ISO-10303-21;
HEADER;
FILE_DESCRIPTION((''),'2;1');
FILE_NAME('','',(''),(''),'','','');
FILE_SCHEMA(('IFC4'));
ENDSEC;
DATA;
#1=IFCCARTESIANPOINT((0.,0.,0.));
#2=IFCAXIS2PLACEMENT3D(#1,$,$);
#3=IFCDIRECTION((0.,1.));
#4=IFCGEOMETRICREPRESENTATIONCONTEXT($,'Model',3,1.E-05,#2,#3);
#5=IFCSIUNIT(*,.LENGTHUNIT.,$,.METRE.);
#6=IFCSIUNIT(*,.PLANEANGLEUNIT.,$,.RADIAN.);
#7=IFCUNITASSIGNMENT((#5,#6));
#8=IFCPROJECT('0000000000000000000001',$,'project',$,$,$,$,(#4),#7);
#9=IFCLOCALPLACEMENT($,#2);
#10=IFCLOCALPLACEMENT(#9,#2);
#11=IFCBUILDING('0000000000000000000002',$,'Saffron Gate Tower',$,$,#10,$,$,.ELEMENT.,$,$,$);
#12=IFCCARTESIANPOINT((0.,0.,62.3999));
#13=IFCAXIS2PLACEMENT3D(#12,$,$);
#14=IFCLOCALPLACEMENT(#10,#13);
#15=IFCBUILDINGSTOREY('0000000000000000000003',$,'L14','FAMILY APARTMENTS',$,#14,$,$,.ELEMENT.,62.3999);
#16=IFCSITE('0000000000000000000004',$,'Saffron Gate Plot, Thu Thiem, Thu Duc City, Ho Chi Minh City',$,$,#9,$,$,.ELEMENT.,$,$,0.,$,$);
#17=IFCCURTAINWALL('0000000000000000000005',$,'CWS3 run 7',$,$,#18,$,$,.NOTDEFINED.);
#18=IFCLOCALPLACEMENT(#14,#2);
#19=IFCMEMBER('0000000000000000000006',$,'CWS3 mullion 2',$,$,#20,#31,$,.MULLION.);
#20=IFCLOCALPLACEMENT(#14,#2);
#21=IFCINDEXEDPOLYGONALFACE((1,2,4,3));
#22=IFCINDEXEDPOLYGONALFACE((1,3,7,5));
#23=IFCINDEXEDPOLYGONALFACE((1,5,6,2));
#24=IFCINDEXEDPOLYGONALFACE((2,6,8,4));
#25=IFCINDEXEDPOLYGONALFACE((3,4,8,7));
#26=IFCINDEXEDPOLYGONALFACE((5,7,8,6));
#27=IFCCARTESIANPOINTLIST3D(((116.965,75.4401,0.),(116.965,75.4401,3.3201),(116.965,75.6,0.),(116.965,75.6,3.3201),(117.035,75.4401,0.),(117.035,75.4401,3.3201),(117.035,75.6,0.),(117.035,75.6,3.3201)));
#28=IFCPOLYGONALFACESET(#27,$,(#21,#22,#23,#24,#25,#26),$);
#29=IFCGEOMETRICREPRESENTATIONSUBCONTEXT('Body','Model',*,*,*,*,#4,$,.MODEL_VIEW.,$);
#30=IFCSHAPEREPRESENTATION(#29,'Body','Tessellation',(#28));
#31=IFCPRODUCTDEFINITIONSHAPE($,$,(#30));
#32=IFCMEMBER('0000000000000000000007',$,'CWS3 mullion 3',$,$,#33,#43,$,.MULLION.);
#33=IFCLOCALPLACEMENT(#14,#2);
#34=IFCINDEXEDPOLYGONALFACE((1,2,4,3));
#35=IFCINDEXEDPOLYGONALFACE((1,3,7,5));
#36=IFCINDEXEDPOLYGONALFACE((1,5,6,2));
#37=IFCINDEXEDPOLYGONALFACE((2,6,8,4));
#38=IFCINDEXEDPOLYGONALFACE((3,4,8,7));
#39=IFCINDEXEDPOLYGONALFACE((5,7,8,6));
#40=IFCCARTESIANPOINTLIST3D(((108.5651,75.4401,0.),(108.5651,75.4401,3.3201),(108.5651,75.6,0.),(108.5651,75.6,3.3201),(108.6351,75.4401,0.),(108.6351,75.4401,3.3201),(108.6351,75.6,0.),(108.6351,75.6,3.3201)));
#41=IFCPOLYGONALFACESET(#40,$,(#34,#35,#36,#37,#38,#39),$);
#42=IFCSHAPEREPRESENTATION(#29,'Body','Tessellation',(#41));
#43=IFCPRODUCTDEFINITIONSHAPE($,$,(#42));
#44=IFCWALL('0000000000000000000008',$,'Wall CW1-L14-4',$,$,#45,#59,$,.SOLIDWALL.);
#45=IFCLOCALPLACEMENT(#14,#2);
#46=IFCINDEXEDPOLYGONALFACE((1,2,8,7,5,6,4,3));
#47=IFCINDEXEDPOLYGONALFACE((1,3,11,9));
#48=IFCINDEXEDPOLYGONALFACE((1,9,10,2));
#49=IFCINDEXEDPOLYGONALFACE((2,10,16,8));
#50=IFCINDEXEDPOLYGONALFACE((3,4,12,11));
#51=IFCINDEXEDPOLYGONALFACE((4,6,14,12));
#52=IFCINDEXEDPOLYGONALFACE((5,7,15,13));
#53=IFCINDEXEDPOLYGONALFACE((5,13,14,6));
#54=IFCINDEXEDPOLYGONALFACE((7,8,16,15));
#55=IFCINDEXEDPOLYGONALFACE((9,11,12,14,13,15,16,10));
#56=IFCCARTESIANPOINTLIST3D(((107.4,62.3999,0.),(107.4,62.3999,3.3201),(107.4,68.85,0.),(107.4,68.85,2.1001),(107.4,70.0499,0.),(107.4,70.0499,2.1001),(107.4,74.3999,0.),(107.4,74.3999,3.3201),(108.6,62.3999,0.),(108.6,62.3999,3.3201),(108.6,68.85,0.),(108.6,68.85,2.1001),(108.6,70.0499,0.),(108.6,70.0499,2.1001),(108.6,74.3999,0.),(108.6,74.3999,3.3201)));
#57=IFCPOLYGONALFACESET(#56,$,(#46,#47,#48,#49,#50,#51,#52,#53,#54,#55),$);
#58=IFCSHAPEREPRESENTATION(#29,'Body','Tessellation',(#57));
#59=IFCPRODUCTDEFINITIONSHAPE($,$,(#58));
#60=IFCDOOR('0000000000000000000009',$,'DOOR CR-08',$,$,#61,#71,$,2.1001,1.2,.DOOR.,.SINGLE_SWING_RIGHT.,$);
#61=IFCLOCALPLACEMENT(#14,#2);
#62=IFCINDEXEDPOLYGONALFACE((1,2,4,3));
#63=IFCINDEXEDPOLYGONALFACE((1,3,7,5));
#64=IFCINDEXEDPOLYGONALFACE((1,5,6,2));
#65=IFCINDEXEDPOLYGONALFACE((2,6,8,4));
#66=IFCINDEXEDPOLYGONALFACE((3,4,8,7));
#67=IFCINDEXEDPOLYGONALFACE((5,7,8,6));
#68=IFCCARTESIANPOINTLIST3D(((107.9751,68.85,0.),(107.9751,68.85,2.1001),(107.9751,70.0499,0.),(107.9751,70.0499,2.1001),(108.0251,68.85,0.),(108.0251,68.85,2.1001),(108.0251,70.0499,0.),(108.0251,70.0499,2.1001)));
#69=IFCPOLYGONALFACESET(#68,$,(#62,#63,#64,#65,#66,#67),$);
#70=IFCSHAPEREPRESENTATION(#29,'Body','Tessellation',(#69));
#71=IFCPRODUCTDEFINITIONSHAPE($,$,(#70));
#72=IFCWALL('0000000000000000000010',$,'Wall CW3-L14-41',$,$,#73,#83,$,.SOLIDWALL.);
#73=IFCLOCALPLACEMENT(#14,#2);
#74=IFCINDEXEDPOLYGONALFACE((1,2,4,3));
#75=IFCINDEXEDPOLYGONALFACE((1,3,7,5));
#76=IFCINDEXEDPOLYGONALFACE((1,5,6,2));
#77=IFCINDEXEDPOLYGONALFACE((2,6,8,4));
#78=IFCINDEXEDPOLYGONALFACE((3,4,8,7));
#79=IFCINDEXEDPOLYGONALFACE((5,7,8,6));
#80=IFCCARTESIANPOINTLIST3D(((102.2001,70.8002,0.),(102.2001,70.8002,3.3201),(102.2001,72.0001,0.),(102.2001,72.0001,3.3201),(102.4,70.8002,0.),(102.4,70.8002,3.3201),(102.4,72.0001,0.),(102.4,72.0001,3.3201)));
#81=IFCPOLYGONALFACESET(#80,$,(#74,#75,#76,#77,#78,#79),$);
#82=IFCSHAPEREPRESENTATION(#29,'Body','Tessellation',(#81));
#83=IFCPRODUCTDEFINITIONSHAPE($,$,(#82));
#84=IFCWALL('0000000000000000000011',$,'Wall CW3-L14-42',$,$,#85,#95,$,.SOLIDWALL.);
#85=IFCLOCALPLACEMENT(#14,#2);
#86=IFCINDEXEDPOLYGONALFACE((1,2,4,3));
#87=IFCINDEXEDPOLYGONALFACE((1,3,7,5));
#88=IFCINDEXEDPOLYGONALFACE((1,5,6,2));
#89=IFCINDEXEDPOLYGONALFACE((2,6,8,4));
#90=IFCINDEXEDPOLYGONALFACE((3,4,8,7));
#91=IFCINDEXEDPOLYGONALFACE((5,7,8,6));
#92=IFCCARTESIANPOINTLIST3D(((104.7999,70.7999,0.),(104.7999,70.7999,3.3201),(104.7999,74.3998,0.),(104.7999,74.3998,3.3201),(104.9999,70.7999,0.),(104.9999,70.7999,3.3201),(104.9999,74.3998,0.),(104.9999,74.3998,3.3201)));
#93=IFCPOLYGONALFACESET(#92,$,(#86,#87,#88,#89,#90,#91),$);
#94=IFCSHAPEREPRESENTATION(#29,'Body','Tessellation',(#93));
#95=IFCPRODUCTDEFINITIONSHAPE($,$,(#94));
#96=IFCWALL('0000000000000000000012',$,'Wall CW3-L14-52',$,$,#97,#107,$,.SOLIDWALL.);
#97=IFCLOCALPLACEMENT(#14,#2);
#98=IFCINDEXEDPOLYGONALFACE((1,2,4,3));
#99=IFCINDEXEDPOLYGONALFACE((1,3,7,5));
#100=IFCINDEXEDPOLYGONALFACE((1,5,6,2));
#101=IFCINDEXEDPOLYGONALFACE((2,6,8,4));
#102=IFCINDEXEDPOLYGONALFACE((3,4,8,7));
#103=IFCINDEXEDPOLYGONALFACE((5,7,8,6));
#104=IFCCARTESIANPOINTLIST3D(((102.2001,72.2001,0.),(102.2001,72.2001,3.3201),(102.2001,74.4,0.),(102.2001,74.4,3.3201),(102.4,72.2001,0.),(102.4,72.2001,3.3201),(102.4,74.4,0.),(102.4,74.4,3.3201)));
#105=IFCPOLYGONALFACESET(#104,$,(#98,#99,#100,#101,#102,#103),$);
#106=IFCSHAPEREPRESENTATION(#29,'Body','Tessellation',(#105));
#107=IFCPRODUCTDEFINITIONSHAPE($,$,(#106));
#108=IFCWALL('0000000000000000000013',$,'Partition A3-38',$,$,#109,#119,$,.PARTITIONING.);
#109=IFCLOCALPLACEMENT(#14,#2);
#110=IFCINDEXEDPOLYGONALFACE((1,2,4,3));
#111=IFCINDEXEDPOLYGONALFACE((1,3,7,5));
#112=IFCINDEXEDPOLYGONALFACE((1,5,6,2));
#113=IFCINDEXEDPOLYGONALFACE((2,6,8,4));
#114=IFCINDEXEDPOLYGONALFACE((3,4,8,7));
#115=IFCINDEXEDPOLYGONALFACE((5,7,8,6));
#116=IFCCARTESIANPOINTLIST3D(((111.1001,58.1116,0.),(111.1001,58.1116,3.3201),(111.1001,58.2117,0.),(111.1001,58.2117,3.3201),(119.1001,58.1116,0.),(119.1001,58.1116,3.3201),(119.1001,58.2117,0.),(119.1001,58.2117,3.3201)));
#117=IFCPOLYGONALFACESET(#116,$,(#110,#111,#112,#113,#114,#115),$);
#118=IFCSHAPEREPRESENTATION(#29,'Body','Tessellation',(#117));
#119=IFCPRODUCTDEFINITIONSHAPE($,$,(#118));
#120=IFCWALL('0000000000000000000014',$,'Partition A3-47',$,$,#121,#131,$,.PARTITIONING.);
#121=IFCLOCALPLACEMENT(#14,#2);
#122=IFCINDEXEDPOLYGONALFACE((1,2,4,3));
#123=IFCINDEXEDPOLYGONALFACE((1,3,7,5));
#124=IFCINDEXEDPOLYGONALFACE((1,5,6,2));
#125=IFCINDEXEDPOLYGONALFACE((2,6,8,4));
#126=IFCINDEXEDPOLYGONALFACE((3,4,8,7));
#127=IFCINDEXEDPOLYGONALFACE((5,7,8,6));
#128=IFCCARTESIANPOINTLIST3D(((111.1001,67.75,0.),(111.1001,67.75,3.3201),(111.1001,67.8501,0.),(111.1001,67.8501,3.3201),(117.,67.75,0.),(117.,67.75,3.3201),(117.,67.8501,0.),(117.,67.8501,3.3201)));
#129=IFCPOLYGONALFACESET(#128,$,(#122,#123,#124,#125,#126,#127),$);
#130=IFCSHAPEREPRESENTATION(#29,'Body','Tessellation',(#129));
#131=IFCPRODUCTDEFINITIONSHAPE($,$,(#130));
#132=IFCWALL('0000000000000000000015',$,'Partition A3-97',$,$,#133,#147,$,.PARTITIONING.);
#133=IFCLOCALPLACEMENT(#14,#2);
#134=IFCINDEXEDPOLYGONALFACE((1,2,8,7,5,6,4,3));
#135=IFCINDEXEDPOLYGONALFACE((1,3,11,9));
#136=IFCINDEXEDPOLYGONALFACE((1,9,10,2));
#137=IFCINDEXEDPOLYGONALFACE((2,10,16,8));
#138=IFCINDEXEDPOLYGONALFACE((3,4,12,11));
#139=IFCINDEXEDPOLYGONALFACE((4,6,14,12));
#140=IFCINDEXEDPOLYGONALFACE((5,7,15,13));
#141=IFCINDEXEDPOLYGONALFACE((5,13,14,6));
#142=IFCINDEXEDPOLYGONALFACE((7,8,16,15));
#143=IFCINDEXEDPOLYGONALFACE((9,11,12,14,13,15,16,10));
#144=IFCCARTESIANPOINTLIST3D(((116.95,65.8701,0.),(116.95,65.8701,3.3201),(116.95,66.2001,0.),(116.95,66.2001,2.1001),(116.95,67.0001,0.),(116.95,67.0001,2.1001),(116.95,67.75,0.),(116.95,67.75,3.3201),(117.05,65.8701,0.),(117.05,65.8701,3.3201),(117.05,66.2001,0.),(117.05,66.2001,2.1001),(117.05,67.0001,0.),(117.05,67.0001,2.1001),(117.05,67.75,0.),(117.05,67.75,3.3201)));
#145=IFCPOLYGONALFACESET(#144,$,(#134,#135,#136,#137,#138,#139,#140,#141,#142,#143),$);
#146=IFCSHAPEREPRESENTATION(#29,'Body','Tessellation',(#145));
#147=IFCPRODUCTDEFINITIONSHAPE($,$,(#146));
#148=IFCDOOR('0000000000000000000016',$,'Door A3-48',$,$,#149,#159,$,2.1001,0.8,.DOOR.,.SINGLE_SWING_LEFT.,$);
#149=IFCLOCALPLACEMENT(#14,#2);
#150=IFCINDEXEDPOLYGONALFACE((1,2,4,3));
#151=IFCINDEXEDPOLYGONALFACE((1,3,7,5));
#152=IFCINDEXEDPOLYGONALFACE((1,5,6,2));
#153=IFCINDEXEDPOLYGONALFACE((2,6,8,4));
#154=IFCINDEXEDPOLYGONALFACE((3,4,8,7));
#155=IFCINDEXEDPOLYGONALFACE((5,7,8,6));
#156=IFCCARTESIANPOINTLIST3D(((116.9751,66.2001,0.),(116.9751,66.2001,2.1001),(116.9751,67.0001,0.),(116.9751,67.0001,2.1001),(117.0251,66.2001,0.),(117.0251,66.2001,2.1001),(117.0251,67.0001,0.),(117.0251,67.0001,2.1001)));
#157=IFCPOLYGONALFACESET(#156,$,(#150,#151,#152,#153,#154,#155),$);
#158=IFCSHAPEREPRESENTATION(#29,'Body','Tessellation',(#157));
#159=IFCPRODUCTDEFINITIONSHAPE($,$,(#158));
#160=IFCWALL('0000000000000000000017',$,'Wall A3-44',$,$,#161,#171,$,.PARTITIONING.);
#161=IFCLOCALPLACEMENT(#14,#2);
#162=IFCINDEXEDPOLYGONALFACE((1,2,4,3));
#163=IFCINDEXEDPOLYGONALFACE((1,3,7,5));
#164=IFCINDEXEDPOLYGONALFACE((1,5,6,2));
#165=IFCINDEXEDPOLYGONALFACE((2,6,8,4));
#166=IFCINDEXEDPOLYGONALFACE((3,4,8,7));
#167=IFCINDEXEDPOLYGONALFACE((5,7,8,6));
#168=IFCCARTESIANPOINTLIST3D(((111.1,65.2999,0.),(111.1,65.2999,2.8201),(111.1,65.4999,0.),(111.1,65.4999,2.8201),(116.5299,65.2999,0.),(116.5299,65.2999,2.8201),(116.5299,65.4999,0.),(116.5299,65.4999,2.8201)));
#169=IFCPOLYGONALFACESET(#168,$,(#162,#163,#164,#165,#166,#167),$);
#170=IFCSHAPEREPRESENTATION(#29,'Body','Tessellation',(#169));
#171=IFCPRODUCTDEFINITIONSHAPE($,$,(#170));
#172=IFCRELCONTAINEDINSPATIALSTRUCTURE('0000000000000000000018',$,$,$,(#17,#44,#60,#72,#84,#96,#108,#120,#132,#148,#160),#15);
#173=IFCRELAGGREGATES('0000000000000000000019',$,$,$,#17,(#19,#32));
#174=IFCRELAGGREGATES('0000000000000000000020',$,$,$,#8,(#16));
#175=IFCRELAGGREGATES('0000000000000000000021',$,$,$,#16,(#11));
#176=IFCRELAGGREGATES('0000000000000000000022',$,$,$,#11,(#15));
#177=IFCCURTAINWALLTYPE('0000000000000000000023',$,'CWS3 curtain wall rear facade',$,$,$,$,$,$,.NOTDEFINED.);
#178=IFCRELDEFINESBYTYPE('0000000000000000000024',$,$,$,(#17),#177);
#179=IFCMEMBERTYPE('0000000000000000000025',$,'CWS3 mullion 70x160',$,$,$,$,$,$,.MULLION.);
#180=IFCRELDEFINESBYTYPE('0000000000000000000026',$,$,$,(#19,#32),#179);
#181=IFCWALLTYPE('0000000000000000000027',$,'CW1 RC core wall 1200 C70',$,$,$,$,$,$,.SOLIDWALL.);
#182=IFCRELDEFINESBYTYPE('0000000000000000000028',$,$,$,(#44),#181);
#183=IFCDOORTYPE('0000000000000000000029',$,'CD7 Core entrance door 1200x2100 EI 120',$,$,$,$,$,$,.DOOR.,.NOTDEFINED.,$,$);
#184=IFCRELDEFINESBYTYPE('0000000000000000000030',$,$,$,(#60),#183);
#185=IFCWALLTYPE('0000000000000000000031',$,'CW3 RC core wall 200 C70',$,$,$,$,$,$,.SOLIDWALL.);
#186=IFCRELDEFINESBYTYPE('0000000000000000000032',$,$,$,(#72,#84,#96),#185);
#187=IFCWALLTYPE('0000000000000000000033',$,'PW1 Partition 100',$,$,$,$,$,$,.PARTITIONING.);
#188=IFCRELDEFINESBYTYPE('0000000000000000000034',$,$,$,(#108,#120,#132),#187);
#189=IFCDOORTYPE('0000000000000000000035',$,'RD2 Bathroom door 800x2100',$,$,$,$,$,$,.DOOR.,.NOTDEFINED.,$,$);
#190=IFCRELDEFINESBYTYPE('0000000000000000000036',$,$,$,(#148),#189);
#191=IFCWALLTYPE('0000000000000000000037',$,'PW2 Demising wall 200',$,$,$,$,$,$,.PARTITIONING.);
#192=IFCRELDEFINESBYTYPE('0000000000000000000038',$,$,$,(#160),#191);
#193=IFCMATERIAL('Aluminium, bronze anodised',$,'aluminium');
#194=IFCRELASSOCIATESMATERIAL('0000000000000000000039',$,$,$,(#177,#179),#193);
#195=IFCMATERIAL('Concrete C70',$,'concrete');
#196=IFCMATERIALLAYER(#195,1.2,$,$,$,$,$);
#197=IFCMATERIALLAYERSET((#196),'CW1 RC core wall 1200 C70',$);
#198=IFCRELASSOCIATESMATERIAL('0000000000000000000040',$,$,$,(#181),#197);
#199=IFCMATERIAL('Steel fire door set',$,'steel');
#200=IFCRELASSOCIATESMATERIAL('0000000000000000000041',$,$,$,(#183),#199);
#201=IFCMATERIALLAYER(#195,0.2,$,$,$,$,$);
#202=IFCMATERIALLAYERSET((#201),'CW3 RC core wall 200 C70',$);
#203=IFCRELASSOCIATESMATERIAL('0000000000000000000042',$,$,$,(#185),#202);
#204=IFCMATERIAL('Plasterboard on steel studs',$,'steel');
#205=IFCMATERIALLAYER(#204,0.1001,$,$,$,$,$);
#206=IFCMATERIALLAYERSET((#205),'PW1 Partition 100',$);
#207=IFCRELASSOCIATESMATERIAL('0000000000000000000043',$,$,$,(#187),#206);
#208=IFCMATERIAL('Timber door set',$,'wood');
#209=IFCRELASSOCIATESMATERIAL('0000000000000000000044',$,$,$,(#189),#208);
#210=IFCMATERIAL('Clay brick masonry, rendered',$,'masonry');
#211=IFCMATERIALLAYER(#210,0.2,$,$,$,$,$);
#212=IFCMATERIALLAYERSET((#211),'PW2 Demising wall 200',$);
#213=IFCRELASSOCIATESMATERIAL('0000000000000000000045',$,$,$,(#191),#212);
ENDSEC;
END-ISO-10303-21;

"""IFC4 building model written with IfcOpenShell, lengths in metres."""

from ifc_helpers import new_model, si_unit, direction, frame, frame_2d, origin, origin_2d, place, context, subcontext, project, spatial, rectangle, extrude, material, layer, layer_set, material_profile, profile_set, type_object, element, fill, aggregate, save


model = new_model("IFC4")

# Units and contexts
model_context = context("Model", 3, precision=1e-05, world=origin(), true_north=direction((0.0, 1.0)))
body_context = subcontext(model_context, "Body", "Model", "MODEL_VIEW")
ifc_project = project(units=[si_unit("LENGTHUNIT", "METRE"), si_unit("PLANEANGLEUNIT", "RADIAN")], contexts=[model_context])

# Site, building, storey
site_placement = place(None, origin())
site = spatial("IfcSite", under=ifc_project, at=site_placement, Name="Saffron Gate Plot, Thu Thiem, Thu Duc City, Ho Chi Minh City", CompositionType="ELEMENT", RefElevation=0.0)
building_placement = place(site_placement, origin())
building = spatial("IfcBuilding", under=site, at=building_placement, Name="Saffron Gate Tower", CompositionType="ELEMENT")
storey_placement = place(building_placement, frame((0.0, 0.0, 62.3999)))
storey = spatial("IfcBuildingStorey", under=building, at=storey_placement, Name="L14", Description="FAMILY APARTMENTS", CompositionType="ELEMENT", Elevation=62.3999)

# Curtain wall, members
ifc_material_1 = material(Name="Aluminium, bronze anodised", Category="aluminium")
curtain_wall_type = type_object("IfcCurtainWallType", Name="CWS3 curtain wall rear facade", PredefinedType="NOTDEFINED", material=ifc_material_1)
curtain_wall_placement = place(storey_placement, origin())
curtain_wall = element("IfcCurtainWall", 1, at=curtain_wall_placement, inside=storey, type_object=curtain_wall_type, Name="CWS3 run 7", PredefinedType="NOTDEFINED")
ifc_material_profile_1 = material_profile(ifc_material_1, rectangle(XDim=0.1599, YDim=0.0701, at=origin_2d()))
ifc_profile_set_1 = profile_set([ifc_material_profile_1], Name="Aluminium, bronze anodised")
member_type = type_object("IfcMemberType", Name="CWS3 mullion 70x160", PredefinedType="MULLION", material=ifc_profile_set_1)
member_1_placement = place(storey_placement, frame((117.0, 75.52, 0.0), z_axis=(0.0, 0.0, 1.0), x_axis=(0.0, -1.0, 0.0)))
member_1 = element("IfcMember", 2, at=member_1_placement, type_object=member_type, Name="CWS3 mullion 2", PredefinedType="MULLION", context=body_context, shape_type="SweptSolid", body=[
    extrude(rectangle(XDim=0.1599, YDim=0.0701, at=origin_2d()), origin(), (0.0, 0.0, 1.0), 3.3201),
])
member_2_placement = place(storey_placement, frame((108.6001, 75.52, 0.0), z_axis=(0.0, 0.0, 1.0), x_axis=(0.0, -1.0, 0.0)))
member_2 = element("IfcMember", 3, at=member_2_placement, type_object=member_type, Name="CWS3 mullion 3", PredefinedType="MULLION", context=body_context, shape_type="SweptSolid", body=[
    extrude(rectangle(XDim=0.1599, YDim=0.0701, at=origin_2d()), origin(), (0.0, 0.0, 1.0), 3.3201),
])
aggregate(curtain_wall, [member_1, member_2])

# Wall, opening, door
ifc_material_2 = material(Name="Concrete C70", Category="concrete")
ifc_layer_1 = layer(ifc_material_2, 1.2)
ifc_layer_set_1 = layer_set([ifc_layer_1], Name="CW1 RC core wall 1200 C70")
wall_type_1 = type_object("IfcWallType", Name="CW1 RC core wall 1200 C70", PredefinedType="SOLIDWALL", material=ifc_layer_set_1)
wall_1_placement = place(storey_placement, frame((108.0, 62.3999, 0.0), z_axis=(0.0, 0.0, 1.0), x_axis=(0.0, 1.0, 0.0)))
wall_1 = element("IfcWall", 4, at=wall_1_placement, inside=storey, type_object=wall_type_1, Name="Wall CW1-L14-4", PredefinedType="SOLIDWALL", context=body_context, shape_type="SweptSolid", body=[
    extrude(rectangle(XDim=12.0, YDim=1.2, at=frame_2d((6.0, 0.0))), origin(), (0.0, 0.0, 1.0), 3.3201),
])
opening_1_placement = place(wall_1_placement, frame((6.45, 0.0, 0.0)))
opening_1 = element("IfcOpeningElement", 5, at=opening_1_placement, cuts=wall_1, PredefinedType="OPENING", context=body_context, shape_type="SweptSolid", body=[
    extrude(rectangle(XDim=1.2, YDim=2.1001, at=frame_2d((0.6001, 1.05))), frame((0.0, 0.6099, 0.0), z_axis=(0.0, -1.0, 0.0), x_axis=(1.0, 0.0, 0.0)), (0.0, 0.0, 1.0), 1.22),
])
ifc_material_3 = material(Name="Steel fire door set", Category="steel")
door_type_1 = type_object("IfcDoorType", Name="CD7 Core entrance door 1200x2100 EI 120", OperationType="NOTDEFINED", PredefinedType="DOOR", material=ifc_material_3)
door_1_placement = place(opening_1_placement, origin())
door_1 = element("IfcDoor", 6, at=door_1_placement, inside=storey, type_object=door_type_1, Name="DOOR CR-08", OperationType="SINGLE_SWING_RIGHT", OverallHeight=2.1001, OverallWidth=1.2, PredefinedType="DOOR", context=body_context, shape_type="SweptSolid", body=[
    extrude(rectangle(XDim=1.2, YDim=2.1001, at=frame_2d((0.6001, 1.05))), frame((0.0, 0.0249, 0.0), z_axis=(0.0, -1.0, 0.0), x_axis=(1.0, 0.0, 0.0)), (0.0, 0.0, 1.0), 0.05),
])
fill(opening_1, door_1)

# Walls
ifc_layer_2 = layer(ifc_material_2, 0.2)
ifc_layer_set_2 = layer_set([ifc_layer_2], Name="CW3 RC core wall 200 C70")
wall_type_2 = type_object("IfcWallType", Name="CW3 RC core wall 200 C70", PredefinedType="SOLIDWALL", material=ifc_layer_set_2)
wall_2_placement = place(storey_placement, frame((102.3, 70.8, 0.0), z_axis=(0.0, 0.0, 1.0), x_axis=(0.0, 1.0, 0.0)))
element("IfcWall", 7, at=wall_2_placement, inside=storey, type_object=wall_type_2, Name="Wall CW3-L14-41", PredefinedType="SOLIDWALL", context=body_context, shape_type="SweptSolid", body=[
    extrude(rectangle(XDim=1.2, YDim=0.2, at=frame_2d((0.6001, 0.0))), origin(), (0.0, 0.0, 1.0), 3.3201),
])
wall_3_placement = place(storey_placement, frame((104.8999, 70.8, 0.0), z_axis=(0.0, 0.0, 1.0), x_axis=(0.0, 1.0, 0.0)))
element("IfcWall", 8, at=wall_3_placement, inside=storey, type_object=wall_type_2, Name="Wall CW3-L14-42", PredefinedType="SOLIDWALL", context=body_context, shape_type="SweptSolid", body=[
    extrude(rectangle(XDim=3.5999, YDim=0.2, at=frame_2d((1.7998, 0.0))), origin(), (0.0, 0.0, 1.0), 3.3201),
])
wall_4_placement = place(storey_placement, frame((102.3, 72.2, 0.0), z_axis=(0.0, 0.0, 1.0), x_axis=(0.0, 1.0, 0.0)))
element("IfcWall", 9, at=wall_4_placement, inside=storey, type_object=wall_type_2, Name="Wall CW3-L14-52", PredefinedType="SOLIDWALL", context=body_context, shape_type="SweptSolid", body=[
    extrude(rectangle(XDim=2.2, YDim=0.2, at=frame_2d((1.1001, 0.0))), origin(), (0.0, 0.0, 1.0), 3.3201),
])
ifc_material_4 = material(Name="Plasterboard on steel studs", Category="steel")
ifc_layer_3 = layer(ifc_material_4, 0.1001)
ifc_layer_set_3 = layer_set([ifc_layer_3], Name="PW1 Partition 100")
wall_type_3 = type_object("IfcWallType", Name="PW1 Partition 100", PredefinedType="PARTITIONING", material=ifc_layer_set_3)
wall_5_placement = place(storey_placement, frame((111.1001, 58.1616, 0.0), z_axis=(0.0, 0.0, 1.0), x_axis=(1.0, 0.0, 0.0)))
element("IfcWall", 10, at=wall_5_placement, inside=storey, type_object=wall_type_3, Name="Partition A3-38", PredefinedType="PARTITIONING", context=body_context, shape_type="SweptSolid", body=[
    extrude(rectangle(XDim=8.0, YDim=0.1001, at=frame_2d((4.0, 0.0))), origin(), (0.0, 0.0, 1.0), 3.3201),
])
wall_6_placement = place(storey_placement, frame((111.1001, 67.8, 0.0), z_axis=(0.0, 0.0, 1.0), x_axis=(1.0, 0.0, 0.0)))
element("IfcWall", 11, at=wall_6_placement, inside=storey, type_object=wall_type_3, Name="Partition A3-47", PredefinedType="PARTITIONING", context=body_context, shape_type="SweptSolid", body=[
    extrude(rectangle(XDim=5.8999, YDim=0.1001, at=frame_2d((2.95, 0.0))), origin(), (0.0, 0.0, 1.0), 3.3201),
])

# Wall, opening, door
wall_7_placement = place(storey_placement, frame((117.0, 65.8701, 0.0), z_axis=(0.0, 0.0, 1.0), x_axis=(0.0, 1.0, 0.0)))
wall_7 = element("IfcWall", 12, at=wall_7_placement, inside=storey, type_object=wall_type_3, Name="Partition A3-97", PredefinedType="PARTITIONING", context=body_context, shape_type="SweptSolid", body=[
    extrude(rectangle(XDim=1.8799, YDim=0.1001, at=frame_2d((0.9399, 0.0))), origin(), (0.0, 0.0, 1.0), 3.3201),
])
opening_2_placement = place(wall_7_placement, frame((0.3301, 0.0, 0.0)))
opening_2 = element("IfcOpeningElement", 13, at=opening_2_placement, cuts=wall_7, PredefinedType="OPENING", context=body_context, shape_type="SweptSolid", body=[
    extrude(rectangle(XDim=0.8, YDim=2.1001, at=frame_2d((0.3999, 1.05))), frame((0.0, 0.0601, 0.0), z_axis=(0.0, -1.0, 0.0), x_axis=(1.0, 0.0, 0.0)), (0.0, 0.0, 1.0), 0.1201),
])
ifc_material_5 = material(Name="Timber door set", Category="wood")
door_type_2 = type_object("IfcDoorType", Name="RD2 Bathroom door 800x2100", OperationType="NOTDEFINED", PredefinedType="DOOR", material=ifc_material_5)
door_2_placement = place(opening_2_placement, origin())
door_2 = element("IfcDoor", 14, at=door_2_placement, inside=storey, type_object=door_type_2, Name="Door A3-48", OperationType="SINGLE_SWING_LEFT", OverallHeight=2.1001, OverallWidth=0.8, PredefinedType="DOOR", context=body_context, shape_type="SweptSolid", body=[
    extrude(rectangle(XDim=0.8, YDim=2.1001, at=frame_2d((0.3999, 1.05))), frame((0.0, 0.0249, 0.0), z_axis=(0.0, -1.0, 0.0), x_axis=(1.0, 0.0, 0.0)), (0.0, 0.0, 1.0), 0.05),
])
fill(opening_2, door_2)

# Wall
ifc_material_6 = material(Name="Clay brick masonry, rendered", Category="masonry")
ifc_layer_4 = layer(ifc_material_6, 0.2)
ifc_layer_set_4 = layer_set([ifc_layer_4], Name="PW2 Demising wall 200")
wall_type_4 = type_object("IfcWallType", Name="PW2 Demising wall 200", PredefinedType="PARTITIONING", material=ifc_layer_set_4)
wall_8_placement = place(storey_placement, frame((111.1001, 65.3999, 0.0), z_axis=(0.0, 0.0, 1.0), x_axis=(1.0, 0.0, 0.0)))
element("IfcWall", 15, at=wall_8_placement, inside=storey, type_object=wall_type_4, Name="Wall A3-44", PredefinedType="PARTITIONING", context=body_context, shape_type="SweptSolid", body=[
    extrude(rectangle(XDim=5.4299, YDim=0.2, at=frame_2d((2.7148, 0.0))), origin(), (0.0, 0.0, 1.0), 2.8201),
])

save(model, "model.ifc")
